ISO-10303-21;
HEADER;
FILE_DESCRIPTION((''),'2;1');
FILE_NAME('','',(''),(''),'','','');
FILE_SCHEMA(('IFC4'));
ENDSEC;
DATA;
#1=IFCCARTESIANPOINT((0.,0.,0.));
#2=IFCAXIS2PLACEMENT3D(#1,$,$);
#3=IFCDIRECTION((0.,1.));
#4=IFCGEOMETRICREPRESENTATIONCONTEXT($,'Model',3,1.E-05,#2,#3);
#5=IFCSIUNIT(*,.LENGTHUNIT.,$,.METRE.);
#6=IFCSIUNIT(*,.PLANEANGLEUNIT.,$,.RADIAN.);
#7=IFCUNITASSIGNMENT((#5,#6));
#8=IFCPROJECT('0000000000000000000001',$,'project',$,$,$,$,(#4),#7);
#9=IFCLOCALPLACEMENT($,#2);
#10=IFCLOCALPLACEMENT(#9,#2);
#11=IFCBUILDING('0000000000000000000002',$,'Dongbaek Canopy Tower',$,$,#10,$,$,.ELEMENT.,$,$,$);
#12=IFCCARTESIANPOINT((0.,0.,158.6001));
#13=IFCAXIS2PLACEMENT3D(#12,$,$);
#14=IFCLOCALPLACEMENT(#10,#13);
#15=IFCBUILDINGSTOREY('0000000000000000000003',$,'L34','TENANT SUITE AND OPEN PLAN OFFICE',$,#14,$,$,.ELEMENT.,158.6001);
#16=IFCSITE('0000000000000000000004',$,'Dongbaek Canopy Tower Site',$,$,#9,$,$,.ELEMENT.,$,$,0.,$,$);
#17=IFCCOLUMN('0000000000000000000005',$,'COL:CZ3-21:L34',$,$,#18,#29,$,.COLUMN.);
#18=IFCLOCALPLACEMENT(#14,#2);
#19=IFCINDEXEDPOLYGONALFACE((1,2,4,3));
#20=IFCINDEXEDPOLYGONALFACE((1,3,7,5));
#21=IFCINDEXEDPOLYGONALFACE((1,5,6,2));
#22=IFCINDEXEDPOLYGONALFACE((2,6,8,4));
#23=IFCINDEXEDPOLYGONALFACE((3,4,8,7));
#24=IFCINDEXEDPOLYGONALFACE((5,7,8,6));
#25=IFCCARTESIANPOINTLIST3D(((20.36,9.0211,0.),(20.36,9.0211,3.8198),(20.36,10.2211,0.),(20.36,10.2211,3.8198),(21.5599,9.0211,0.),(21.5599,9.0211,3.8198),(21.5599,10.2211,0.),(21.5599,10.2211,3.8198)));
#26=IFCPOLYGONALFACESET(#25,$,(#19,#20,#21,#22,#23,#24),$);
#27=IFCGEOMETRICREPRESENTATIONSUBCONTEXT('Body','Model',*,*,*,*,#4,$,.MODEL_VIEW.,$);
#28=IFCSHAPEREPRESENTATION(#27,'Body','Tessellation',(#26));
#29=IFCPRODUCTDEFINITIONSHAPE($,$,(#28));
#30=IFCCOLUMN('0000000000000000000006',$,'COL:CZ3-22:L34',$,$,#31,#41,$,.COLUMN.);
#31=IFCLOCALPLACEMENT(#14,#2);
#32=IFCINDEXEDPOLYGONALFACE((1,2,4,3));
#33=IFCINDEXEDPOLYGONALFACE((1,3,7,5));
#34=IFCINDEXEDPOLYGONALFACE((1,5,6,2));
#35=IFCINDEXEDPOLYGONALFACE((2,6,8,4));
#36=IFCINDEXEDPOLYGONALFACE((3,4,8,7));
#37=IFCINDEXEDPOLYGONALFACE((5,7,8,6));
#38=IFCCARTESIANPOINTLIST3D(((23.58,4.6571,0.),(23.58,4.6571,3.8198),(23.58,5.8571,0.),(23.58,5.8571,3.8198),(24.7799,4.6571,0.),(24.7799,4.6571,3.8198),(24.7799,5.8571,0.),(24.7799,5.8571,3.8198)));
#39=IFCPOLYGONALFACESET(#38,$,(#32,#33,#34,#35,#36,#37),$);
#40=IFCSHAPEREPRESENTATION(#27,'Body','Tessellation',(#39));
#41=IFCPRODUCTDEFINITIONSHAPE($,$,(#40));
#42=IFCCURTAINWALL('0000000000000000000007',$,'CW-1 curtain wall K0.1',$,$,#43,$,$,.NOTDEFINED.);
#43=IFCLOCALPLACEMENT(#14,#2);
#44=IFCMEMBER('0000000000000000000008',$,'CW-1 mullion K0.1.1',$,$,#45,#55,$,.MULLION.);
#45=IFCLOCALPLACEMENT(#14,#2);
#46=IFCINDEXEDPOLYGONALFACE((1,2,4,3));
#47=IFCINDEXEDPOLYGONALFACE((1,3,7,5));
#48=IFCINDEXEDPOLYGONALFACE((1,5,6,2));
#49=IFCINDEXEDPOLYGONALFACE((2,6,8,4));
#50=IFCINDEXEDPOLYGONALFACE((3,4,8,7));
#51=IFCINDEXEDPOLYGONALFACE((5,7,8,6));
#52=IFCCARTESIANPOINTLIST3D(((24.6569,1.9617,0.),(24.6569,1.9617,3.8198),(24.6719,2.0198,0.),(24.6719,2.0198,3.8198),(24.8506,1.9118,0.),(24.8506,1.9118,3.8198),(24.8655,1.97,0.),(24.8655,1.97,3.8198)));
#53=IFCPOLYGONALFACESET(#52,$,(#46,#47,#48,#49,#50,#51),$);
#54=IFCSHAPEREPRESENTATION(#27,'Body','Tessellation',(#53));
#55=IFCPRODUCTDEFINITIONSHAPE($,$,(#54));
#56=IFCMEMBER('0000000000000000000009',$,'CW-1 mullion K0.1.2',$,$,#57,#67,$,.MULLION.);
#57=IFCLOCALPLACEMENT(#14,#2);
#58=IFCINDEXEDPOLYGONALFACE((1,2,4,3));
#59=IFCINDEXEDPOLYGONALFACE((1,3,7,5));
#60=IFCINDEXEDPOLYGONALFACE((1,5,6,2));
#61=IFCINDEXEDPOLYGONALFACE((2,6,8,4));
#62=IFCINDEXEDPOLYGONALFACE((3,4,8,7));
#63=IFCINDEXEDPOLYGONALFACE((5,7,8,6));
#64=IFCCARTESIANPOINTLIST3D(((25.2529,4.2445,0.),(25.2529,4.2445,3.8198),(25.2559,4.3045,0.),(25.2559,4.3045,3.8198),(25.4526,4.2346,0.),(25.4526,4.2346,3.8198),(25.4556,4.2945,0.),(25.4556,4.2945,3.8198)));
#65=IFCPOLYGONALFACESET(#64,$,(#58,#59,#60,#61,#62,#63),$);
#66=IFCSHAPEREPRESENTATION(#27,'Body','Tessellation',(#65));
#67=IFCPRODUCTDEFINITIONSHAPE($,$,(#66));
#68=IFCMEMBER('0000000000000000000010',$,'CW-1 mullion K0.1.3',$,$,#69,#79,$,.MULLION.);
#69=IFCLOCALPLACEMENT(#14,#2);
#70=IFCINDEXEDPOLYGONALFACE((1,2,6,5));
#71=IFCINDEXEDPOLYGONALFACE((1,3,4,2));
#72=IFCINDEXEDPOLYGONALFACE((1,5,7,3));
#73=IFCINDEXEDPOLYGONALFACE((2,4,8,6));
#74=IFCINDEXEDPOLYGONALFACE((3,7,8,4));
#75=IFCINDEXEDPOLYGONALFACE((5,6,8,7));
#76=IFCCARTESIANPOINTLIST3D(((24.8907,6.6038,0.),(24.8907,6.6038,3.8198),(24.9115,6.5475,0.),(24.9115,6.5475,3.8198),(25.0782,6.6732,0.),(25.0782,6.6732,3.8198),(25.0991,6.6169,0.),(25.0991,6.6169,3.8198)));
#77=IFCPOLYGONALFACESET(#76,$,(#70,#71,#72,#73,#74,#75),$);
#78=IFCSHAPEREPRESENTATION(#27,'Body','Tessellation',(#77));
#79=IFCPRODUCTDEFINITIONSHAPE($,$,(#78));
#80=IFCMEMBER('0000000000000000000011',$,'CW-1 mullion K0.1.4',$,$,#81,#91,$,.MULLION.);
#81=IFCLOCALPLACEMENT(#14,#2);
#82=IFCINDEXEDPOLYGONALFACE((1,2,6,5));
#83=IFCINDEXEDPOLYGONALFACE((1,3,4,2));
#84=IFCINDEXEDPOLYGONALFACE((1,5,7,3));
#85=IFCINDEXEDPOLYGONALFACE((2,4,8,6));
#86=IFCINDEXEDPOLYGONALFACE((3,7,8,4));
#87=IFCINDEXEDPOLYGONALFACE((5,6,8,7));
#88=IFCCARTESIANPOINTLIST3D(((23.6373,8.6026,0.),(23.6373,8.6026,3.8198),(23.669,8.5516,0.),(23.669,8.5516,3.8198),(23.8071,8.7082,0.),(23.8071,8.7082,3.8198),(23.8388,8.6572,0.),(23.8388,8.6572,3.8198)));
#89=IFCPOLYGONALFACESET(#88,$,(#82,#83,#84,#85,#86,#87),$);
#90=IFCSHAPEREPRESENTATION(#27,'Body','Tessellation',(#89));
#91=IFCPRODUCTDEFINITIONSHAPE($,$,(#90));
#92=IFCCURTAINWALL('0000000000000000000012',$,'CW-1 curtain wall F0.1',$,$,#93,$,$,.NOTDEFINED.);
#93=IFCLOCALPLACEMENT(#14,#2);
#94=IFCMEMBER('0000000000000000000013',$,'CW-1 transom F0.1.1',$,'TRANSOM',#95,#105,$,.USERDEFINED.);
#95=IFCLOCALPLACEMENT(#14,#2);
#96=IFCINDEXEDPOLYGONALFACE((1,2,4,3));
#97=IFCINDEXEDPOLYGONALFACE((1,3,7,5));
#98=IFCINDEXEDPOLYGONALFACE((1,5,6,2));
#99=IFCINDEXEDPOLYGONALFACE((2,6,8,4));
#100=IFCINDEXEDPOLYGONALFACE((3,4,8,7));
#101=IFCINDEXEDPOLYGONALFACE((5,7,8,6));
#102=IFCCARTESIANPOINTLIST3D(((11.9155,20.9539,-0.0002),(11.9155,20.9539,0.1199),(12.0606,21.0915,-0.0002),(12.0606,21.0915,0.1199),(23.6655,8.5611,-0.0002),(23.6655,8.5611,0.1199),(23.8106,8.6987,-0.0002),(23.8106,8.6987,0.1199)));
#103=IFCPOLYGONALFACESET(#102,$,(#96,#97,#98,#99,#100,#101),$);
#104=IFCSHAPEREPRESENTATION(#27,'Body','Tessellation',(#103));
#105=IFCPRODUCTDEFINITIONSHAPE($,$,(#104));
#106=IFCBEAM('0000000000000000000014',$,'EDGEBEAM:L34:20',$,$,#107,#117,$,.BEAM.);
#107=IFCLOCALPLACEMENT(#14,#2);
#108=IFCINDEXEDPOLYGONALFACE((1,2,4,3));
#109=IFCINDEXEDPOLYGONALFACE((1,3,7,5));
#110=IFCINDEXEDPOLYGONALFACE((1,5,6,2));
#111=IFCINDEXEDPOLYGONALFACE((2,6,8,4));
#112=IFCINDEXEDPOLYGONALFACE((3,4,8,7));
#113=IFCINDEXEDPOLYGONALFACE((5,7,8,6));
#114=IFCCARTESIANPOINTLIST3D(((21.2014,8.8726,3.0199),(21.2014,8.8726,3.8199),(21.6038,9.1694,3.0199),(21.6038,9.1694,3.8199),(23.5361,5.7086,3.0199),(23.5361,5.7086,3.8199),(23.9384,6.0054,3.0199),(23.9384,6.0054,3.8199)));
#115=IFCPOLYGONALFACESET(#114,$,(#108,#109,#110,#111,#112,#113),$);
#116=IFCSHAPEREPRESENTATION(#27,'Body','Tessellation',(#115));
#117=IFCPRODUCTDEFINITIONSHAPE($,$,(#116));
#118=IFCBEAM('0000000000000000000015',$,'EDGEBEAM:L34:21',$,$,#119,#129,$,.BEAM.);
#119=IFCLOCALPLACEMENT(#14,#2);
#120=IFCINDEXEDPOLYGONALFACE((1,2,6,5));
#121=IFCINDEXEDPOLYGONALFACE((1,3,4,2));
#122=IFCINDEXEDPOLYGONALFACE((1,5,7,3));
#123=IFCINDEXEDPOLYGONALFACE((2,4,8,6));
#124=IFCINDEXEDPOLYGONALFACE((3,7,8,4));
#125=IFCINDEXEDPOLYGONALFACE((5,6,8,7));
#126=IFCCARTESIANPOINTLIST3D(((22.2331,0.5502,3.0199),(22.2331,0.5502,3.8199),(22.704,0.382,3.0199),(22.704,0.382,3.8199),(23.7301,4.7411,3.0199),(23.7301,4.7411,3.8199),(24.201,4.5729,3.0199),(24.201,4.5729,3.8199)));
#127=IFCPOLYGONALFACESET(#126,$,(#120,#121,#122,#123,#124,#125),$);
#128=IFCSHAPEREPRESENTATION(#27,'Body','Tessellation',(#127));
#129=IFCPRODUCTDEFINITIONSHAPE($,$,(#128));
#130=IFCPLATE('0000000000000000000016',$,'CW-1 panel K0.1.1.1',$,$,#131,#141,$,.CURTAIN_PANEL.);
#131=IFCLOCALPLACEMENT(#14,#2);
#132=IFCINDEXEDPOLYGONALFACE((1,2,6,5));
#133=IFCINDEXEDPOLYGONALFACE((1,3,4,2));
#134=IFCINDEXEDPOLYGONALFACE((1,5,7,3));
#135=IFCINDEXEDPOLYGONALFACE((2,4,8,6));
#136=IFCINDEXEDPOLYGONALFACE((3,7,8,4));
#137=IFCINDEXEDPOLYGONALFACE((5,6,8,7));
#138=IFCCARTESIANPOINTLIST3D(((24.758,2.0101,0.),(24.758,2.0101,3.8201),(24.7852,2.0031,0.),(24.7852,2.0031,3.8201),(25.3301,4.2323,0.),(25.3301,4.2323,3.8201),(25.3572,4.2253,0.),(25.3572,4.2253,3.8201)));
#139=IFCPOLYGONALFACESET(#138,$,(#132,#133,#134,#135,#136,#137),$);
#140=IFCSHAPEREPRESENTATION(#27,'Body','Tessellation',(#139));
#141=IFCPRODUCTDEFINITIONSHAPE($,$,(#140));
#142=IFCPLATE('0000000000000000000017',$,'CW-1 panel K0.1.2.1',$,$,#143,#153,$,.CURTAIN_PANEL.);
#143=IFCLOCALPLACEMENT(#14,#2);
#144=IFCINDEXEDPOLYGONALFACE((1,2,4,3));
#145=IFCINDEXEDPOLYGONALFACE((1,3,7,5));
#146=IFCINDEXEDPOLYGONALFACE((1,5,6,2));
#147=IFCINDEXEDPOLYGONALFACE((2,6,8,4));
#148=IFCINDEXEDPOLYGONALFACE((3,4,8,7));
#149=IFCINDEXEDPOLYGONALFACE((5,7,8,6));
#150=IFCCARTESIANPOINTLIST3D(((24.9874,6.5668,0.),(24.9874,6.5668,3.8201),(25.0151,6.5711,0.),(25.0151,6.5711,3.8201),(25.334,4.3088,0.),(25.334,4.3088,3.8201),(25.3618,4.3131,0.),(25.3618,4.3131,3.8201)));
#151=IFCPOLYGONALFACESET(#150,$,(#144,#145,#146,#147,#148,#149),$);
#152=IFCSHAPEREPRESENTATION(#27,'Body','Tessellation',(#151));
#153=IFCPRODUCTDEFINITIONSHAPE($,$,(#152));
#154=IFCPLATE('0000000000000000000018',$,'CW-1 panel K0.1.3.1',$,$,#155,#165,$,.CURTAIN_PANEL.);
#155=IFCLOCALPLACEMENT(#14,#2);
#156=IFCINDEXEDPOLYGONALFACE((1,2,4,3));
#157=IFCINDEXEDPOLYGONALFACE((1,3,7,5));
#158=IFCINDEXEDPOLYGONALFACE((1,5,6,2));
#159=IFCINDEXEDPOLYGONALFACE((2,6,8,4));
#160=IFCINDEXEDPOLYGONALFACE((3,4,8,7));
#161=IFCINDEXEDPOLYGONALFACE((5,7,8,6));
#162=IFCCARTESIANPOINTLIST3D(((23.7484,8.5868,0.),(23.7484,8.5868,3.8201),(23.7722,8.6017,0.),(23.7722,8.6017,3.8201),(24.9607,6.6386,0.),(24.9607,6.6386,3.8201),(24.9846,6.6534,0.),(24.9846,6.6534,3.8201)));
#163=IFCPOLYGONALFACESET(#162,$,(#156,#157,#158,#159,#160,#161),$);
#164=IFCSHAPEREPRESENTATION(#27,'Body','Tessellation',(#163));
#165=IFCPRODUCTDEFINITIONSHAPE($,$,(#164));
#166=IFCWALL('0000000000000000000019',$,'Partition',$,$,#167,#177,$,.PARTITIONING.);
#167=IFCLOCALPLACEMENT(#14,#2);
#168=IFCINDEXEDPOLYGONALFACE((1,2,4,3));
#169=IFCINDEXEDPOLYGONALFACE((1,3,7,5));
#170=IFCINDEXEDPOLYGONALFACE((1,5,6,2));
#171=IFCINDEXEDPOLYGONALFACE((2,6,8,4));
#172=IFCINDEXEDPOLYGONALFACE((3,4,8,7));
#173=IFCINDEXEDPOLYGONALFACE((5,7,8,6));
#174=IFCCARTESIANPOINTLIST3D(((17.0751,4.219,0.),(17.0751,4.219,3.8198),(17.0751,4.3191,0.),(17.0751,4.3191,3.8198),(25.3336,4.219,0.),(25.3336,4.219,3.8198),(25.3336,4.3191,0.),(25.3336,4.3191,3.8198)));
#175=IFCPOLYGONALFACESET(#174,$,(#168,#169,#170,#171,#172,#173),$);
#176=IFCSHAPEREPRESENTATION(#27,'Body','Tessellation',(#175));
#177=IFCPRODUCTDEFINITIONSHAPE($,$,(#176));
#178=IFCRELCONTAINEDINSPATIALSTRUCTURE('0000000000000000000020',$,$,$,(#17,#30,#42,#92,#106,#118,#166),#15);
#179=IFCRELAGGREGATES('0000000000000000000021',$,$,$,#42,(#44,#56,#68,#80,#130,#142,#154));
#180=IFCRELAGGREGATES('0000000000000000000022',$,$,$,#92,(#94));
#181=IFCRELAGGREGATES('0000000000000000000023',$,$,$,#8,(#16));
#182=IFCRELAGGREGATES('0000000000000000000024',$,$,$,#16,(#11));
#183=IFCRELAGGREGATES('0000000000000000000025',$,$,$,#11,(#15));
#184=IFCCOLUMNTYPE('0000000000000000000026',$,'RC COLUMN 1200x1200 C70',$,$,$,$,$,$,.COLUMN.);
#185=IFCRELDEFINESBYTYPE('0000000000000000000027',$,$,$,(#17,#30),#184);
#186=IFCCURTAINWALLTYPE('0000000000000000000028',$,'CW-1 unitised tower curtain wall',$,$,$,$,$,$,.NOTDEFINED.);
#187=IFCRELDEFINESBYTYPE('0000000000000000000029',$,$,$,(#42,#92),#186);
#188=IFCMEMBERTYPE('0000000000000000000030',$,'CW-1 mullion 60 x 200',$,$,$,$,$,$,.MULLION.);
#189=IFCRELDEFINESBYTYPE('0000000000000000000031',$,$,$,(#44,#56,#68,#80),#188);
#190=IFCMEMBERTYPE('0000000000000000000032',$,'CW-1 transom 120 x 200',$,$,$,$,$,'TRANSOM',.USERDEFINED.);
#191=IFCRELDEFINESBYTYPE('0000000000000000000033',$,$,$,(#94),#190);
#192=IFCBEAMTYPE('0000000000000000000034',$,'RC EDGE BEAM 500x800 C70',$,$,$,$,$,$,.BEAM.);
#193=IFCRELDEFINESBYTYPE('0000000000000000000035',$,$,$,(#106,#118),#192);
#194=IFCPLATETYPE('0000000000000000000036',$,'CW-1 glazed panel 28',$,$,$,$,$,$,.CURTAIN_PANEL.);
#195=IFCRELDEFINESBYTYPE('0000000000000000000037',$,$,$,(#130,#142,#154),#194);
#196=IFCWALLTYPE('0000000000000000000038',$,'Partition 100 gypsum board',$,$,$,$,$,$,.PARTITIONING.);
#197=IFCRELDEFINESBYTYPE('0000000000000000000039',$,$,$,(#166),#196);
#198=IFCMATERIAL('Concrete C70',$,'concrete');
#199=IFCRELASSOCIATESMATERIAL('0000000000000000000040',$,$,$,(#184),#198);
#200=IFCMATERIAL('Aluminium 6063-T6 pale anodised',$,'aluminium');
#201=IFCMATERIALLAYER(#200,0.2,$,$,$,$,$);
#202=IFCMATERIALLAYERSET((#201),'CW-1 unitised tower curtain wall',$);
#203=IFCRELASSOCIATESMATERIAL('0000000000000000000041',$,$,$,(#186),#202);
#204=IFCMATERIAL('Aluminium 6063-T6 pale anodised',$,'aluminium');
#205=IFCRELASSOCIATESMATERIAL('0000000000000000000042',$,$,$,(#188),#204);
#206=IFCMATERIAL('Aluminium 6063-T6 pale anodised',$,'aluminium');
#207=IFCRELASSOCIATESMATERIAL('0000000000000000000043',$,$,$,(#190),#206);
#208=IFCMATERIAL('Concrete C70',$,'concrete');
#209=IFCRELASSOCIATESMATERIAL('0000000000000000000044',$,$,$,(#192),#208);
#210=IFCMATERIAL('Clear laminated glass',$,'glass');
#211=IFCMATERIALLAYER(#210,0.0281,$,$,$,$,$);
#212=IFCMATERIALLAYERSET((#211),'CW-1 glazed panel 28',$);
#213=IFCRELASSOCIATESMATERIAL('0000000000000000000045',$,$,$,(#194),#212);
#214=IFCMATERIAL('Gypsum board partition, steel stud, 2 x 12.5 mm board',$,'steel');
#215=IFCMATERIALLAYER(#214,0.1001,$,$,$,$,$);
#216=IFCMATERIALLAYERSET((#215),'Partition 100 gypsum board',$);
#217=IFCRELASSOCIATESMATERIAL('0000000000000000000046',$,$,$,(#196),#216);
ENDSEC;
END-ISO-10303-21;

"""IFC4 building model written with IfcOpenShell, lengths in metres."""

from ifc_helpers import new_model, si_unit, direction, frame, frame_2d, origin, origin_2d, place, context, subcontext, project, spatial, rectangle, extrude, material, layer, layer_set, material_profile, profile_set, type_object, element, aggregate, save


model = new_model("IFC4")

# Units and contexts
model_context = context("Model", 3, precision=1e-05, world=origin(), true_north=direction((0.0, 1.0)))
body_context = subcontext(model_context, "Body", "Model", "MODEL_VIEW")
ifc_project = project(units=[si_unit("LENGTHUNIT", "METRE"), si_unit("PLANEANGLEUNIT", "RADIAN")], contexts=[model_context])

# Site, building, storey
site_placement = place(None, origin())
site = spatial("IfcSite", under=ifc_project, at=site_placement, Name="Dongbaek Canopy Tower Site", CompositionType="ELEMENT", RefElevation=0.0)
building_placement = place(site_placement, origin())
building = spatial("IfcBuilding", under=site, at=building_placement, Name="Dongbaek Canopy Tower", CompositionType="ELEMENT")
storey_placement = place(building_placement, frame((0.0, 0.0, 158.6001)))
storey = spatial("IfcBuildingStorey", under=building, at=storey_placement, Name="L34", Description="TENANT SUITE AND OPEN PLAN OFFICE", CompositionType="ELEMENT", Elevation=158.6001)

# Columns
ifc_material_1 = material(Name="Concrete C70", Category="concrete")
ifc_material_profile_1 = material_profile(ifc_material_1, rectangle(XDim=1.2, YDim=1.2, at=origin_2d()), Name="RC COLUMN 1200x1200 C70")
ifc_profile_set_1 = profile_set([ifc_material_profile_1], Name="Concrete C70")
column_type = type_object("IfcColumnType", Name="RC COLUMN 1200x1200 C70", PredefinedType="COLUMN", material=ifc_profile_set_1)
for number, where, z_axis, x_axis, name in (
    (1, (20.96, 9.6211, 0.0), (0.0, 0.0, 1.0), (1.0, 0.0, 0.0), "COL:CZ3-21:L34"),
    (2, (24.1799, 5.2571, 0.0), (0.0, 0.0, 1.0), (1.0, 0.0, 0.0), "COL:CZ3-22:L34"),
):
    element("IfcColumn", number, at=place(storey_placement, frame(where, z_axis=z_axis, x_axis=x_axis)), inside=storey, type_object=column_type, Name=name, PredefinedType="COLUMN", context=body_context, shape_type="SweptSolid", body=[
        extrude(rectangle(XDim=1.2, YDim=1.2, at=origin_2d()), origin(), (0.0, 0.0, 1.0), 3.8198),
    ])

# Curtain wall, members
ifc_material_2 = material(Name="Aluminium 6063-T6 pale anodised", Category="aluminium")
ifc_layer_1 = layer(ifc_material_2, 0.2)
ifc_layer_set_1 = layer_set([ifc_layer_1], Name="CW-1 unitised tower curtain wall")
curtain_wall_type = type_object("IfcCurtainWallType", Name="CW-1 unitised tower curtain wall", PredefinedType="NOTDEFINED", material=ifc_layer_set_1)
curtain_wall_1_placement = place(storey_placement, origin())
curtain_wall_1 = element("IfcCurtainWall", 3, at=curtain_wall_1_placement, inside=storey, type_object=curtain_wall_type, Name="CW-1 curtain wall K0.1", PredefinedType="NOTDEFINED")
ifc_material_3 = material(Name="Aluminium 6063-T6 pale anodised", Category="aluminium")
ifc_material_profile_2 = material_profile(ifc_material_3, rectangle(XDim=0.2, YDim=0.0601, at=origin_2d()), Name="CW-1 mullion 60 x 200")
ifc_profile_set_2 = profile_set([ifc_material_profile_2], Name="Aluminium 6063-T6 pale anodised")
member_type_1 = type_object("IfcMemberType", Name="CW-1 mullion 60 x 200", PredefinedType="MULLION", material=ifc_profile_set_2)
member_1_placement = place(storey_placement, frame((24.7612, 1.9658, 0.0), z_axis=(0.0, 0.0, 1.0), x_axis=(0.968425, -0.249305, 0.0)))
member_1 = element("IfcMember", 4, at=member_1_placement, type_object=member_type_1, Name="CW-1 mullion K0.1.1", PredefinedType="MULLION", context=body_context, shape_type="SweptSolid", body=[
    extrude(rectangle(XDim=0.2, YDim=0.0601, at=origin_2d()), origin(), (0.0, 0.0, 1.0), 3.8198),
])
member_2_placement = place(storey_placement, frame((25.3542, 4.2695, 0.0), z_axis=(0.0, 0.0, 1.0), x_axis=(0.99876, -0.049791, 0.0)))
member_2 = element("IfcMember", 5, at=member_2_placement, type_object=member_type_1, Name="CW-1 mullion K0.1.2", PredefinedType="MULLION", context=body_context, shape_type="SweptSolid", body=[
    extrude(rectangle(XDim=0.2, YDim=0.0601, at=origin_2d()), origin(), (0.0, 0.0, 1.0), 3.8198),
])
member_3_placement = place(storey_placement, frame((24.9949, 6.6104, 0.0), z_axis=(0.0, 0.0, 1.0), x_axis=(0.937824, 0.34711, 0.0)))
member_3 = element("IfcMember", 6, at=member_3_placement, type_object=member_type_1, Name="CW-1 mullion K0.1.3", PredefinedType="MULLION", context=body_context, shape_type="SweptSolid", body=[
    extrude(rectangle(XDim=0.2, YDim=0.0601, at=origin_2d()), origin(), (0.0, 0.0, 1.0), 3.8198),
])
member_4_placement = place(storey_placement, frame((23.738, 8.6299, 0.0), z_axis=(0.0, 0.0, 1.0), x_axis=(0.849036, 0.528335, 0.0)))
member_4 = element("IfcMember", 7, at=member_4_placement, type_object=member_type_1, Name="CW-1 mullion K0.1.4", PredefinedType="MULLION", context=body_context, shape_type="SweptSolid", body=[
    extrude(rectangle(XDim=0.2, YDim=0.0601, at=origin_2d()), origin(), (0.0, 0.0, 1.0), 3.8198),
])

# Curtain wall, member
curtain_wall_2_placement = place(storey_placement, origin())
curtain_wall_2 = element("IfcCurtainWall", 8, at=curtain_wall_2_placement, inside=storey, type_object=curtain_wall_type, Name="CW-1 curtain wall F0.1", PredefinedType="NOTDEFINED")
ifc_material_4 = material(Name="Aluminium 6063-T6 pale anodised", Category="aluminium")
ifc_material_profile_3 = material_profile(ifc_material_4, rectangle(XDim=0.2, YDim=0.1201, at=origin_2d()), Name="CW-1 transom 120 x 200")
ifc_profile_set_3 = profile_set([ifc_material_profile_3], Name="Aluminium 6063-T6 pale anodised")
member_type_2 = type_object("IfcMemberType", Name="CW-1 transom 120 x 200", ElementType="TRANSOM", PredefinedType="USERDEFINED", material=ifc_profile_set_3)
member_5_placement = place(storey_placement, frame((23.738, 8.6299, 0.0598), z_axis=(-0.688036, 0.725677, 0.0), x_axis=(-0.725677, -0.688036, 0.0)))
member_5 = element("IfcMember", 9, at=member_5_placement, type_object=member_type_2, Name="CW-1 transom F0.1.1", ObjectType="TRANSOM", PredefinedType="USERDEFINED", context=body_context, shape_type="SweptSolid", body=[
    extrude(rectangle(XDim=0.2, YDim=0.1201, at=origin_2d()), origin(), (0.0, 0.0, 1.0), 17.0776),
])

# Beams
ifc_material_5 = material(Name="Concrete C70", Category="concrete")
ifc_material_profile_4 = material_profile(ifc_material_5, rectangle(XDim=0.5, YDim=0.8, at=origin_2d()), Name="RC EDGE BEAM 500x800 C70")
ifc_profile_set_4 = profile_set([ifc_material_profile_4], Name="Concrete C70")
beam_type = type_object("IfcBeamType", Name="RC EDGE BEAM 500x800 C70", PredefinedType="BEAM", material=ifc_profile_set_4)
beam_1_placement = place(storey_placement, frame((21.4026, 9.021, 3.4199), z_axis=(0.593743, -0.804655, 0.0), x_axis=(0.804655, 0.593743, 0.0)))
element("IfcBeam", 10, at=beam_1_placement, inside=storey, type_object=beam_type, Name="EDGEBEAM:L34:20", PredefinedType="BEAM", context=body_context, shape_type="SweptSolid", body=[
    extrude(rectangle(XDim=0.5, YDim=0.8, at=origin_2d()), origin(), (0.0, 0.0, 1.0), 3.9321),
])
beam_2_placement = place(storey_placement, frame((23.9656, 4.657, 3.4199), z_axis=(-0.336399, -0.94172, 0.0), x_axis=(0.94172, -0.336399, 0.0)))
element("IfcBeam", 11, at=beam_2_placement, inside=storey, type_object=beam_type, Name="EDGEBEAM:L34:21", PredefinedType="BEAM", context=body_context, shape_type="SweptSolid", body=[
    extrude(rectangle(XDim=0.5, YDim=0.8, at=origin_2d()), origin(), (0.0, 0.0, 1.0), 4.4502),
])

# Plates
ifc_material_6 = material(Name="Clear laminated glass", Category="glass")
ifc_layer_2 = layer(ifc_material_6, 0.0281)
ifc_layer_set_2 = layer_set([ifc_layer_2], Name="CW-1 glazed panel 28")
plate_type = type_object("IfcPlateType", Name="CW-1 glazed panel 28", PredefinedType="CURTAIN_PANEL", material=ifc_layer_set_2)
plate_1_placement = place(storey_placement, frame((25.0576, 3.1177, 0.0), z_axis=(0.0, 0.0, 1.0), x_axis=(0.249305, 0.968425, 0.0)))
plate_1 = element("IfcPlate", 12, at=plate_1_placement, type_object=plate_type, Name="CW-1 panel K0.1.1.1", PredefinedType="CURTAIN_PANEL", context=body_context, shape_type="SweptSolid", body=[
    extrude(rectangle(XDim=2.2947, YDim=0.0281, at=origin_2d()), origin(), (0.0, 0.0, 1.0), 3.8201),
])
plate_2_placement = place(storey_placement, frame((25.1746, 5.4399, 0.0), z_axis=(0.0, 0.0, 1.0), x_axis=(-0.15175, 0.988419, 0.0)))
plate_2 = element("IfcPlate", 13, at=plate_2_placement, type_object=plate_type, Name="CW-1 panel K0.1.2.1", PredefinedType="CURTAIN_PANEL", context=body_context, shape_type="SweptSolid", body=[
    extrude(rectangle(XDim=2.2844, YDim=0.0281, at=origin_2d()), origin(), (0.0, 0.0, 1.0), 3.8201),
])
plate_3_placement = place(storey_placement, frame((24.3665, 7.6201, 0.0), z_axis=(0.0, 0.0, 1.0), x_axis=(-0.528335, 0.849036, 0.0)))
plate_3 = element("IfcPlate", 14, at=plate_3_placement, type_object=plate_type, Name="CW-1 panel K0.1.3.1", PredefinedType="CURTAIN_PANEL", context=body_context, shape_type="SweptSolid", body=[
    extrude(rectangle(XDim=2.2947, YDim=0.0281, at=origin_2d()), origin(), (0.0, 0.0, 1.0), 3.8201),
])

# Wall
ifc_material_7 = material(Name="Gypsum board partition, steel stud, 2 x 12.5 mm board", Category="steel")
ifc_layer_3 = layer(ifc_material_7, 0.1001)
ifc_layer_set_3 = layer_set([ifc_layer_3], Name="Partition 100 gypsum board")
wall_type = type_object("IfcWallType", Name="Partition 100 gypsum board", PredefinedType="PARTITIONING", material=ifc_layer_set_3)
wall_placement = place(storey_placement, frame((17.075, 4.269, 0.0), z_axis=(0.0, 0.0, 1.0), x_axis=(1.0, 0.0, 0.0)))
element("IfcWall", 15, at=wall_placement, inside=storey, type_object=wall_type, Name="Partition", PredefinedType="PARTITIONING", context=body_context, shape_type="SweptSolid", body=[
    extrude(rectangle(XDim=8.2585, YDim=0.1001, at=frame_2d((4.1294, 0.0))), origin(), (0.0, 0.0, 1.0), 3.8198),
])

aggregate(curtain_wall_1, [member_1, member_2, member_3, member_4, plate_1, plate_2, plate_3])
aggregate(curtain_wall_2, [member_5])

save(model, "model.ifc")
